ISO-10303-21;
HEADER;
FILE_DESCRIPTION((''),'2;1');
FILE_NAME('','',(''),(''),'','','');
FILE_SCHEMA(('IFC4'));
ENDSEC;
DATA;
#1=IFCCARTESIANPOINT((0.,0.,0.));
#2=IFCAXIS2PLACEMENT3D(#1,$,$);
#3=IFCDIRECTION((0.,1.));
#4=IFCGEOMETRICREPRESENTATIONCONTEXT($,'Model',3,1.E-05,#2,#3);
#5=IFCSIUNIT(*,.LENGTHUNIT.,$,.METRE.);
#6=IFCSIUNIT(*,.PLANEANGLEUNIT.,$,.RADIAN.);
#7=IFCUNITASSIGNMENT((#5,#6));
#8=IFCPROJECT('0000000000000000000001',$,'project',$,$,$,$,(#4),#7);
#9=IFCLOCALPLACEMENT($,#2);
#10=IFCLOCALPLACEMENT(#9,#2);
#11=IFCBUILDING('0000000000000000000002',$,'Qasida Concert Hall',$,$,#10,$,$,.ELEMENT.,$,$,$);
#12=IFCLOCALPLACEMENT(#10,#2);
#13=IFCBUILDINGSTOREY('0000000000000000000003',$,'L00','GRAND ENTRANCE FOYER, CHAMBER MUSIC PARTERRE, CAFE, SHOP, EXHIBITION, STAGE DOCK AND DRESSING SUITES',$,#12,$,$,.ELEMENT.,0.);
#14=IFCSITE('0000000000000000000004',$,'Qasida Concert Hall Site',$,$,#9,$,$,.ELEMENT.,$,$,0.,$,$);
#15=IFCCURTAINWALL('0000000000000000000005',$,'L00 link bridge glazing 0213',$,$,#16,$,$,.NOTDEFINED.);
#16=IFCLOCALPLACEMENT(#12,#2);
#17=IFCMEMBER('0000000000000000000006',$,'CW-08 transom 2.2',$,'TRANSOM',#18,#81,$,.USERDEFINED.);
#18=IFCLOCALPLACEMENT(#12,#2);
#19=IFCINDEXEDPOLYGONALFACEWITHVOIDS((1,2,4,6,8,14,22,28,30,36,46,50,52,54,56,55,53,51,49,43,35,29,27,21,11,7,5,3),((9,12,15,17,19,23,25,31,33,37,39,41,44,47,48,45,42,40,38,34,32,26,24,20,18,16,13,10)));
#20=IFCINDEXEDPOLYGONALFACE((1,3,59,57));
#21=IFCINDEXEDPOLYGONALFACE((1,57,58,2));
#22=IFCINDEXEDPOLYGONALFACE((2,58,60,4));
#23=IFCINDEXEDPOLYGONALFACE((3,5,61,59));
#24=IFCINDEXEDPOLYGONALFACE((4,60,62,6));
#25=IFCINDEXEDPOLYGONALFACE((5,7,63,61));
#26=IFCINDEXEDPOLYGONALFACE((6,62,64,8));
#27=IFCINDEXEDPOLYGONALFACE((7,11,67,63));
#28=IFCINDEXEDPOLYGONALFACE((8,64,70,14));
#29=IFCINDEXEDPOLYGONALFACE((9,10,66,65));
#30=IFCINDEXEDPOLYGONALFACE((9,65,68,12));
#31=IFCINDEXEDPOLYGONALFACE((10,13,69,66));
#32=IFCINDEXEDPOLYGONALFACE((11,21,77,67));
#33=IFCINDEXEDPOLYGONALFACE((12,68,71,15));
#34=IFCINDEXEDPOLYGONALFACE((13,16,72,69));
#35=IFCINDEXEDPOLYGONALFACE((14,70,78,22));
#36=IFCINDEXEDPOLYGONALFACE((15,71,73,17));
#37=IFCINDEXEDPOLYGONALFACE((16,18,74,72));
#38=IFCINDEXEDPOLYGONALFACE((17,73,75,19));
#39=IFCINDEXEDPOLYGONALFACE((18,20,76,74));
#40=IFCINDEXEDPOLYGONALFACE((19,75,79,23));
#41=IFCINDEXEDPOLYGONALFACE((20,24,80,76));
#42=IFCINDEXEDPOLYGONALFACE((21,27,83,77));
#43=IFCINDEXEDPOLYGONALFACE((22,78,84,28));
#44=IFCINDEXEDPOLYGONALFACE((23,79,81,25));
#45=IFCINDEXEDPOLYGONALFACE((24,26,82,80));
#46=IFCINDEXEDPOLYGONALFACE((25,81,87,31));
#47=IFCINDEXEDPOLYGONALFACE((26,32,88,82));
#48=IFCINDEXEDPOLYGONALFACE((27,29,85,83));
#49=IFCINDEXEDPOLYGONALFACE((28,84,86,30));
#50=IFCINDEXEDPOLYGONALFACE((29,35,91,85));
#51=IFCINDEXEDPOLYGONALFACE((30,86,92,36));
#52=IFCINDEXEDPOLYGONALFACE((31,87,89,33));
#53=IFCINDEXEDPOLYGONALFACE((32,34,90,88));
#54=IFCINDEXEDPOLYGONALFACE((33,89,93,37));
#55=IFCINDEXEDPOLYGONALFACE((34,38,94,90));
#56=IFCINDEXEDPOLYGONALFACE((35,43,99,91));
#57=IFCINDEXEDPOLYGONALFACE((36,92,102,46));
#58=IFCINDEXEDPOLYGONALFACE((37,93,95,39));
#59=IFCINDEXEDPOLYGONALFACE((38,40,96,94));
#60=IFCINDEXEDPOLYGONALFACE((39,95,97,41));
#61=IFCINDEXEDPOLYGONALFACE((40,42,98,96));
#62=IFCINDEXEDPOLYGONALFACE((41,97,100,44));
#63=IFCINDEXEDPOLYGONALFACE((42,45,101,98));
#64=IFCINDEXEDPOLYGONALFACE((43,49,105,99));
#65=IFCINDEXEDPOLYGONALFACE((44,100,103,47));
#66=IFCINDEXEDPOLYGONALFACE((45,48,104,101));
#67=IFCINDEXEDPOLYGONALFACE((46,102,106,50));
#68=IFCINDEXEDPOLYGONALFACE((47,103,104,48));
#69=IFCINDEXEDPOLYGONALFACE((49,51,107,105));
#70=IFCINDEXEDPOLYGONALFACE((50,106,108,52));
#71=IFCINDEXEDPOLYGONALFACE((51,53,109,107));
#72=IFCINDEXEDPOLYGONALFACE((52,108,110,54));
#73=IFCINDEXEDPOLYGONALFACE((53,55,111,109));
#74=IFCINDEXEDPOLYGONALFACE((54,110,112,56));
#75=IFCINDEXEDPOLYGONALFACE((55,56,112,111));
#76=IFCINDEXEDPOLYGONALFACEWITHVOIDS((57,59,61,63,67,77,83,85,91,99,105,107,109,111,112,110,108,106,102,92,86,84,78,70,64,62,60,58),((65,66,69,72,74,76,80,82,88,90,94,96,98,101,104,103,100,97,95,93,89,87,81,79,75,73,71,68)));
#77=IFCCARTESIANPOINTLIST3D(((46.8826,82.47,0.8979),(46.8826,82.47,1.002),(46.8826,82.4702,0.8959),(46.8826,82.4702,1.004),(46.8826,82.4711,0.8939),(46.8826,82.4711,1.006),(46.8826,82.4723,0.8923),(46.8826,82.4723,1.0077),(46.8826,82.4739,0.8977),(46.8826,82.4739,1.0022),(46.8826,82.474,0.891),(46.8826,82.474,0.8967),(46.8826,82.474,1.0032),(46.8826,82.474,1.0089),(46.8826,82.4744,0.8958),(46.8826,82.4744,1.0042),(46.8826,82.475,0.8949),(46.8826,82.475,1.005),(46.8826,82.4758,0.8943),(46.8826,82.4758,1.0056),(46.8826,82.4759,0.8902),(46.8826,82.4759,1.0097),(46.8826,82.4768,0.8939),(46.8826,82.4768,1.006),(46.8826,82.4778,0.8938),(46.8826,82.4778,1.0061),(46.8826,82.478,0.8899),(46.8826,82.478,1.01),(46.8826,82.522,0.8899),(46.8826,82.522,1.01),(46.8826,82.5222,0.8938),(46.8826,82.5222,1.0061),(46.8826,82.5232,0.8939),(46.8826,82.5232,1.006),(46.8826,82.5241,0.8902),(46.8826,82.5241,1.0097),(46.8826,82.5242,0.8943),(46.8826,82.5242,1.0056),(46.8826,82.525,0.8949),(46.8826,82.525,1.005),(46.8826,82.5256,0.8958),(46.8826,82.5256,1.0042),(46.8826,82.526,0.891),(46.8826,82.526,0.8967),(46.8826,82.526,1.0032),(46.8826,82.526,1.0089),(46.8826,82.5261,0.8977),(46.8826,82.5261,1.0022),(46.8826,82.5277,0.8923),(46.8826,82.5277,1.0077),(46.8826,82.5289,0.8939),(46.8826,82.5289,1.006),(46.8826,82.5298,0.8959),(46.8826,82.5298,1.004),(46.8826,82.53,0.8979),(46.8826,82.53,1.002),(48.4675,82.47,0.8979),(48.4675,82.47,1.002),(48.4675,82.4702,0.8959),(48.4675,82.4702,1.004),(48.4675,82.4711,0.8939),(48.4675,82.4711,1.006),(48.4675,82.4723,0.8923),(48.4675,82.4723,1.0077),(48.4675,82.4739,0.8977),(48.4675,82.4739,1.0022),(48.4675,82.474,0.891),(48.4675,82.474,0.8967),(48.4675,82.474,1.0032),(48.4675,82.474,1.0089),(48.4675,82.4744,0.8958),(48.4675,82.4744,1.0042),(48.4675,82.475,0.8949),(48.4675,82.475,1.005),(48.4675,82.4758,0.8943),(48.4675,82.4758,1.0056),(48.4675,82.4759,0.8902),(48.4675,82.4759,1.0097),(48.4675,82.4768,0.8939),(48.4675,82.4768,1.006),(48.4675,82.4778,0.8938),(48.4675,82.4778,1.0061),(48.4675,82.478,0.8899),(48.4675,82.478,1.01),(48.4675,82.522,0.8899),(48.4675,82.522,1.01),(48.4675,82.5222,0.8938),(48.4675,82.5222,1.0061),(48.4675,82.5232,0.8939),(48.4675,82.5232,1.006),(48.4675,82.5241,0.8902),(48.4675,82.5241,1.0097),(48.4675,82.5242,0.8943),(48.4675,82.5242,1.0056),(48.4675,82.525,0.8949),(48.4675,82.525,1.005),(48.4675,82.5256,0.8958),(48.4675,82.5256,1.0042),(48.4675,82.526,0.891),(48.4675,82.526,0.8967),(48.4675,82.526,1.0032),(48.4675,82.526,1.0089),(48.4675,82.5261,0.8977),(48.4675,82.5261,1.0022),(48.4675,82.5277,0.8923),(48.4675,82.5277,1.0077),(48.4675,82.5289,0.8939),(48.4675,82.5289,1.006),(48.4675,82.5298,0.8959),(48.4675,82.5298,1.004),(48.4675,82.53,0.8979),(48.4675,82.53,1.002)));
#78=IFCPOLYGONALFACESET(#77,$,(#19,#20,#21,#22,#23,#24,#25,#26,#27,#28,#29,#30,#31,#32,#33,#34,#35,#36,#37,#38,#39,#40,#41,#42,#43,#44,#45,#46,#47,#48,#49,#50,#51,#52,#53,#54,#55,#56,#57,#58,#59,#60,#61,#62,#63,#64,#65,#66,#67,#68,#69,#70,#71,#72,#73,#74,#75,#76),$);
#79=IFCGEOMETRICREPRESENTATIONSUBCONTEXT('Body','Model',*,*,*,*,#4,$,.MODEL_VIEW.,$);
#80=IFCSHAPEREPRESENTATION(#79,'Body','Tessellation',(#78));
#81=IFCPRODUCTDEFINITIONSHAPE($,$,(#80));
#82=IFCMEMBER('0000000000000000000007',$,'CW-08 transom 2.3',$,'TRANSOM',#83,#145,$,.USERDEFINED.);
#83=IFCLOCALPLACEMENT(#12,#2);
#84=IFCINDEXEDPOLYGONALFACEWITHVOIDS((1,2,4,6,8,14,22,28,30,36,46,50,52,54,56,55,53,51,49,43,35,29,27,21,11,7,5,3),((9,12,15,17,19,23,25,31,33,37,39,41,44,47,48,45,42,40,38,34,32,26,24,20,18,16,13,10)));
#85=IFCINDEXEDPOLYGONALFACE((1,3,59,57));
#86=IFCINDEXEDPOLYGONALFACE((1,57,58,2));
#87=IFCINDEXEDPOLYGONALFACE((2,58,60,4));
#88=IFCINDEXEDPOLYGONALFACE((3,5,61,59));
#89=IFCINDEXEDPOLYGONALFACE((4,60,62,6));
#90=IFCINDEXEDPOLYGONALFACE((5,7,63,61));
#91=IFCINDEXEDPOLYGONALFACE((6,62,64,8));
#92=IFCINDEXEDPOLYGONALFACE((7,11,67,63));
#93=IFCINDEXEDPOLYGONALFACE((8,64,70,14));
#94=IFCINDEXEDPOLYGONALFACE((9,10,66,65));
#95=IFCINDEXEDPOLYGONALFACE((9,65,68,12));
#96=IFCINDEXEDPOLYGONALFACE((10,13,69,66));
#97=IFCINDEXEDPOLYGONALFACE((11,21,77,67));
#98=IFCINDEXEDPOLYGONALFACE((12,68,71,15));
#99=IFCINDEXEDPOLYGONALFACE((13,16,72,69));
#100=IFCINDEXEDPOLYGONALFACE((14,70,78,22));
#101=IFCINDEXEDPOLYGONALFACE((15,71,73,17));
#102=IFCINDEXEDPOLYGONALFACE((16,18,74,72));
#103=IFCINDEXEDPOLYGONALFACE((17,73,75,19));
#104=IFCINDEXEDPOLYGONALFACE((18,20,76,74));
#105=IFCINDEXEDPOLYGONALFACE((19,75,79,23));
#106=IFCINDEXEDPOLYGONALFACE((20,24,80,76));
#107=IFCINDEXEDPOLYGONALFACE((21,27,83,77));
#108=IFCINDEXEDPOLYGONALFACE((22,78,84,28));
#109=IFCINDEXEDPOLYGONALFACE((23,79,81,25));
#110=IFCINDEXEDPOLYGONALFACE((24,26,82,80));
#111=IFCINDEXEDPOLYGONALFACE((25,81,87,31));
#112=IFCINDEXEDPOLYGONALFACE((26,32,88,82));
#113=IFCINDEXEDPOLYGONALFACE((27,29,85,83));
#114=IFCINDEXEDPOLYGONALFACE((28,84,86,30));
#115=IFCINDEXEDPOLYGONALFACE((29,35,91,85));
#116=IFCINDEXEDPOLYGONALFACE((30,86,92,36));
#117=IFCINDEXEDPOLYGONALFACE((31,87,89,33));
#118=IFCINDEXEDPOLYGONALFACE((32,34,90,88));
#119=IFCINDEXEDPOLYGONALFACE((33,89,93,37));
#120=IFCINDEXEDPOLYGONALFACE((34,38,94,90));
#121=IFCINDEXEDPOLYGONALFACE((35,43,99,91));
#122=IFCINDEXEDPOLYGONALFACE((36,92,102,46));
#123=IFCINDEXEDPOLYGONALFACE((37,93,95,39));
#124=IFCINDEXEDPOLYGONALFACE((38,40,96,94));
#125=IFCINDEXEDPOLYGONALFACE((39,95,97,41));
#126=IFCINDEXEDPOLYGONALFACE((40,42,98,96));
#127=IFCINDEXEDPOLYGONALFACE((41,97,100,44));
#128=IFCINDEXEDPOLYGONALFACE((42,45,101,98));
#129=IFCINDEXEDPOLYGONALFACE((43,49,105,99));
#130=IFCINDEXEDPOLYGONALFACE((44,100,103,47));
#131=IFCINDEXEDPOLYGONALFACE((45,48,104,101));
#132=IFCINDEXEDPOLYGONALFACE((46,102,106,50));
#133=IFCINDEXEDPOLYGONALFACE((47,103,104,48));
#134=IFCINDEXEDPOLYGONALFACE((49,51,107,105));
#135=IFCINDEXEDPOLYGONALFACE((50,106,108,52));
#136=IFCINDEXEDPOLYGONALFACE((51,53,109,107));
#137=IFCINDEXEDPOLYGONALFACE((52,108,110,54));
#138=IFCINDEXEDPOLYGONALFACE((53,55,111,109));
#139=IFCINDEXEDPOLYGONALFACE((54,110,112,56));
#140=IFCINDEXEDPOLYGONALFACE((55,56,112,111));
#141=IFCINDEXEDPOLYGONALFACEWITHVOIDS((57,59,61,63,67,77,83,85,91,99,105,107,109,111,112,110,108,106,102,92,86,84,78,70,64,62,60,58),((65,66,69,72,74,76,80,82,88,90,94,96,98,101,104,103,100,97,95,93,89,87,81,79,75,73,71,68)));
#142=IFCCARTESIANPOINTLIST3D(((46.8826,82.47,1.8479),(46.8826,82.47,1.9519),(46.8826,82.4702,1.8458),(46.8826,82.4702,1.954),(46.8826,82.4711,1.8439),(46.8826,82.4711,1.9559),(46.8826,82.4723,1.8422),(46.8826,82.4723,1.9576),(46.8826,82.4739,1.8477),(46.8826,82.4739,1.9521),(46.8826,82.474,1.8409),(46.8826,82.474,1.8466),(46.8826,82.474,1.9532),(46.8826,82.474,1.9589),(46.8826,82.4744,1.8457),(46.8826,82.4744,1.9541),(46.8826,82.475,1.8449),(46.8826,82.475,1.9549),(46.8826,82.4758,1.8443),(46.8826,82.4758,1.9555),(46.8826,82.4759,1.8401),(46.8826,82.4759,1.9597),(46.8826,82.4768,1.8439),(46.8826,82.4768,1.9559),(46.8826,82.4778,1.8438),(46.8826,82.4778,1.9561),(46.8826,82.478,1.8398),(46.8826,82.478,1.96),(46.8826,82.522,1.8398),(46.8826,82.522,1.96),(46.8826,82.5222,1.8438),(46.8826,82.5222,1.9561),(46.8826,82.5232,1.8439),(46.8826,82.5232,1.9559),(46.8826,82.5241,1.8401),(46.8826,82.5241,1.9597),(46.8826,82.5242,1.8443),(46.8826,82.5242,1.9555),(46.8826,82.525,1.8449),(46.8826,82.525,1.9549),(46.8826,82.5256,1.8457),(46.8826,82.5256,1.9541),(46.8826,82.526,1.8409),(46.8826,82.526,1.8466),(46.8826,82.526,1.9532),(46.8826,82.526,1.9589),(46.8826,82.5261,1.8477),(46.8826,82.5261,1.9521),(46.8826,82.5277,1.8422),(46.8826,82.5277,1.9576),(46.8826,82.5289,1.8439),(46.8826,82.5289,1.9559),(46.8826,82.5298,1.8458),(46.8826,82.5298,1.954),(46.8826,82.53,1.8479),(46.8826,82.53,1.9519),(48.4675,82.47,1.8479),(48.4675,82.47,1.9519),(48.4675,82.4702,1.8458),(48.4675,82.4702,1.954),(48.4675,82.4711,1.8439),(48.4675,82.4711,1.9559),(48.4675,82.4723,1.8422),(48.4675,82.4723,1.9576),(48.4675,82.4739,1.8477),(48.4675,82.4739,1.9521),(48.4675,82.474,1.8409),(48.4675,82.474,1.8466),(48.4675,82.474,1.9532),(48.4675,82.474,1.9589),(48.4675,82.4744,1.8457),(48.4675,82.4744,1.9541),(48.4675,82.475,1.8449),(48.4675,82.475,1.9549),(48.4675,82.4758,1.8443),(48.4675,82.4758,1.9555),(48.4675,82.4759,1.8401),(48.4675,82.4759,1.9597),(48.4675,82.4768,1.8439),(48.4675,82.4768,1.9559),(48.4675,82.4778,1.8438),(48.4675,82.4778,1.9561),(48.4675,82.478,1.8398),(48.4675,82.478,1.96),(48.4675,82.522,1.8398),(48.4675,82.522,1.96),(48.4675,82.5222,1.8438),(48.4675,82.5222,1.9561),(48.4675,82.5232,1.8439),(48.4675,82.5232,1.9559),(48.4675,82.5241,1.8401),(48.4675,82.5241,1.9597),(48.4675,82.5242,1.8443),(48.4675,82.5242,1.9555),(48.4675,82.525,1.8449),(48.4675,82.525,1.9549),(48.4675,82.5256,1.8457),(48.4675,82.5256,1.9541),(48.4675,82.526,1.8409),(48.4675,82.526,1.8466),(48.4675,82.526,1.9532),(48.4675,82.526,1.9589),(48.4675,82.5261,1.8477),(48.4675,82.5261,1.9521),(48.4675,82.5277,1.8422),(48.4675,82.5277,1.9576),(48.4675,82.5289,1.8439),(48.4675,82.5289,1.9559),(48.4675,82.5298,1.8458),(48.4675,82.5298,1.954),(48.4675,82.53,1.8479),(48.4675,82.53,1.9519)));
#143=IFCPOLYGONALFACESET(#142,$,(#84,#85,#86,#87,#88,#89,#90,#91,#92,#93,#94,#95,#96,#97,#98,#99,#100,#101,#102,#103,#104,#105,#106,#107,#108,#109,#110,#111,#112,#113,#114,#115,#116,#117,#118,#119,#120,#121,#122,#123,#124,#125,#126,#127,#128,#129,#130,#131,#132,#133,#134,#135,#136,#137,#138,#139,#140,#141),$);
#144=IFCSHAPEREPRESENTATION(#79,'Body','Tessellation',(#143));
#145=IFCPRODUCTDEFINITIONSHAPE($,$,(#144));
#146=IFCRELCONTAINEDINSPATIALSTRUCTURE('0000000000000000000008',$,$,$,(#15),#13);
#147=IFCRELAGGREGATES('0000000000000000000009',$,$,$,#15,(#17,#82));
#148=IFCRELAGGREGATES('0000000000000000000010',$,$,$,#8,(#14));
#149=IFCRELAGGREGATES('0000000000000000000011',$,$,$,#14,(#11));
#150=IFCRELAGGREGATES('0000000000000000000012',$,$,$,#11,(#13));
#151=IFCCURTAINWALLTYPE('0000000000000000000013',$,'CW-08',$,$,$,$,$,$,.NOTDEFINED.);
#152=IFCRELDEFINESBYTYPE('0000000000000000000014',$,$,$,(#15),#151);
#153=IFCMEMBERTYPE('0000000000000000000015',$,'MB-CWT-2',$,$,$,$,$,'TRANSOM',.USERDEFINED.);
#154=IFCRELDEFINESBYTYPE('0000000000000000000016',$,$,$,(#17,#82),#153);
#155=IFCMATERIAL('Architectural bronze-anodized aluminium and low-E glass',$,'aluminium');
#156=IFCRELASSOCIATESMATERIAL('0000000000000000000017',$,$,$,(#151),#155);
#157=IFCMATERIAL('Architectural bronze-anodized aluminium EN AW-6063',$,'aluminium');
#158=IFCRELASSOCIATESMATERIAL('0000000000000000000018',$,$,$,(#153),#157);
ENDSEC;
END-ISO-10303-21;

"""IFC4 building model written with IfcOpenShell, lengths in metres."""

from ifc_helpers import new_model, si_unit, direction, frame, origin, origin_2d, place, context, subcontext, project, spatial, hollow_rectangle, extrude, material, material_profile, profile_set, type_object, element, aggregate, save


model = new_model("IFC4")

# Units and contexts
model_context = context("Model", 3, precision=1e-05, world=origin(), true_north=direction((0.0, 1.0)))
body_context = subcontext(model_context, "Body", "Model", "MODEL_VIEW")
ifc_project = project(units=[si_unit("LENGTHUNIT", "METRE"), si_unit("PLANEANGLEUNIT", "RADIAN")], contexts=[model_context])

# Site, building, storey
site_placement = place(None, origin())
site = spatial("IfcSite", under=ifc_project, at=site_placement, Name="Qasida Concert Hall Site", CompositionType="ELEMENT", RefElevation=0.0)
building_placement = place(site_placement, origin())
building = spatial("IfcBuilding", under=site, at=building_placement, Name="Qasida Concert Hall", CompositionType="ELEMENT")
storey_placement = place(building_placement, origin())
storey = spatial("IfcBuildingStorey", under=building, at=storey_placement, Name="L00", Description="GRAND ENTRANCE FOYER, CHAMBER MUSIC PARTERRE, CAFE, SHOP, EXHIBITION, STAGE DOCK AND DRESSING SUITES", CompositionType="ELEMENT", Elevation=0.0)

# Curtain wall
ifc_material_1 = material(Name="Architectural bronze-anodized aluminium and low-E glass", Category="aluminium")
curtain_wall_type = type_object("IfcCurtainWallType", Name="CW-08", PredefinedType="NOTDEFINED", material=ifc_material_1)
ifc_material_2 = material(Name="Architectural bronze-anodized aluminium EN AW-6063", Category="aluminium")
curtain_wall_1_placement = place(storey_placement, origin())
curtain_wall_1 = element("IfcCurtainWall", 1, at=curtain_wall_1_placement, inside=storey, type_object=curtain_wall_type, Name="L00 link bridge glazing 0213", PredefinedType="NOTDEFINED")

# Members
ifc_material_profile_1 = material_profile(ifc_material_2, hollow_rectangle(XDim=0.0601, YDim=0.1201, WallThickness=0.0039, InnerFilletRadius=0.0039, OuterFilletRadius=0.0081, at=origin_2d()), Name="CWT 120x60x4")
ifc_profile_set_1 = profile_set([ifc_material_profile_1], Name="Architectural bronze-anodized aluminium EN AW-6063")
member_type_1 = type_object("IfcMemberType", Name="MB-CWT-2", ElementType="TRANSOM", PredefinedType="USERDEFINED", material=ifc_profile_set_1)
member_1_placement = place(storey_placement, frame((46.8826, 82.5, 0.95), z_axis=(1.0, 0.0, 0.0), x_axis=(0.0, 1.0, 0.0)))
member_1 = element("IfcMember", 2, at=member_1_placement, type_object=member_type_1, Name="CW-08 transom 2.2", ObjectType="TRANSOM", PredefinedType="USERDEFINED", context=body_context, shape_type="SweptSolid", body=[
    extrude(hollow_rectangle(XDim=0.0601, YDim=0.1201, WallThickness=0.0039, InnerFilletRadius=0.0039, OuterFilletRadius=0.0081, at=origin_2d()), origin(), (0.0, 0.0, 1.0), 1.585),
])
member_2_placement = place(storey_placement, frame((46.8826, 82.5, 1.8999), z_axis=(1.0, 0.0, 0.0), x_axis=(0.0, 1.0, 0.0)))
member_2 = element("IfcMember", 3, at=member_2_placement, type_object=member_type_1, Name="CW-08 transom 2.3", ObjectType="TRANSOM", PredefinedType="USERDEFINED", context=body_context, shape_type="SweptSolid", body=[
    extrude(hollow_rectangle(XDim=0.0601, YDim=0.1201, WallThickness=0.0039, InnerFilletRadius=0.0039, OuterFilletRadius=0.0081, at=origin_2d()), origin(), (0.0, 0.0, 1.0), 1.585),
])

aggregate(curtain_wall_1, [member_1, member_2])

save(model, "model.ifc")
